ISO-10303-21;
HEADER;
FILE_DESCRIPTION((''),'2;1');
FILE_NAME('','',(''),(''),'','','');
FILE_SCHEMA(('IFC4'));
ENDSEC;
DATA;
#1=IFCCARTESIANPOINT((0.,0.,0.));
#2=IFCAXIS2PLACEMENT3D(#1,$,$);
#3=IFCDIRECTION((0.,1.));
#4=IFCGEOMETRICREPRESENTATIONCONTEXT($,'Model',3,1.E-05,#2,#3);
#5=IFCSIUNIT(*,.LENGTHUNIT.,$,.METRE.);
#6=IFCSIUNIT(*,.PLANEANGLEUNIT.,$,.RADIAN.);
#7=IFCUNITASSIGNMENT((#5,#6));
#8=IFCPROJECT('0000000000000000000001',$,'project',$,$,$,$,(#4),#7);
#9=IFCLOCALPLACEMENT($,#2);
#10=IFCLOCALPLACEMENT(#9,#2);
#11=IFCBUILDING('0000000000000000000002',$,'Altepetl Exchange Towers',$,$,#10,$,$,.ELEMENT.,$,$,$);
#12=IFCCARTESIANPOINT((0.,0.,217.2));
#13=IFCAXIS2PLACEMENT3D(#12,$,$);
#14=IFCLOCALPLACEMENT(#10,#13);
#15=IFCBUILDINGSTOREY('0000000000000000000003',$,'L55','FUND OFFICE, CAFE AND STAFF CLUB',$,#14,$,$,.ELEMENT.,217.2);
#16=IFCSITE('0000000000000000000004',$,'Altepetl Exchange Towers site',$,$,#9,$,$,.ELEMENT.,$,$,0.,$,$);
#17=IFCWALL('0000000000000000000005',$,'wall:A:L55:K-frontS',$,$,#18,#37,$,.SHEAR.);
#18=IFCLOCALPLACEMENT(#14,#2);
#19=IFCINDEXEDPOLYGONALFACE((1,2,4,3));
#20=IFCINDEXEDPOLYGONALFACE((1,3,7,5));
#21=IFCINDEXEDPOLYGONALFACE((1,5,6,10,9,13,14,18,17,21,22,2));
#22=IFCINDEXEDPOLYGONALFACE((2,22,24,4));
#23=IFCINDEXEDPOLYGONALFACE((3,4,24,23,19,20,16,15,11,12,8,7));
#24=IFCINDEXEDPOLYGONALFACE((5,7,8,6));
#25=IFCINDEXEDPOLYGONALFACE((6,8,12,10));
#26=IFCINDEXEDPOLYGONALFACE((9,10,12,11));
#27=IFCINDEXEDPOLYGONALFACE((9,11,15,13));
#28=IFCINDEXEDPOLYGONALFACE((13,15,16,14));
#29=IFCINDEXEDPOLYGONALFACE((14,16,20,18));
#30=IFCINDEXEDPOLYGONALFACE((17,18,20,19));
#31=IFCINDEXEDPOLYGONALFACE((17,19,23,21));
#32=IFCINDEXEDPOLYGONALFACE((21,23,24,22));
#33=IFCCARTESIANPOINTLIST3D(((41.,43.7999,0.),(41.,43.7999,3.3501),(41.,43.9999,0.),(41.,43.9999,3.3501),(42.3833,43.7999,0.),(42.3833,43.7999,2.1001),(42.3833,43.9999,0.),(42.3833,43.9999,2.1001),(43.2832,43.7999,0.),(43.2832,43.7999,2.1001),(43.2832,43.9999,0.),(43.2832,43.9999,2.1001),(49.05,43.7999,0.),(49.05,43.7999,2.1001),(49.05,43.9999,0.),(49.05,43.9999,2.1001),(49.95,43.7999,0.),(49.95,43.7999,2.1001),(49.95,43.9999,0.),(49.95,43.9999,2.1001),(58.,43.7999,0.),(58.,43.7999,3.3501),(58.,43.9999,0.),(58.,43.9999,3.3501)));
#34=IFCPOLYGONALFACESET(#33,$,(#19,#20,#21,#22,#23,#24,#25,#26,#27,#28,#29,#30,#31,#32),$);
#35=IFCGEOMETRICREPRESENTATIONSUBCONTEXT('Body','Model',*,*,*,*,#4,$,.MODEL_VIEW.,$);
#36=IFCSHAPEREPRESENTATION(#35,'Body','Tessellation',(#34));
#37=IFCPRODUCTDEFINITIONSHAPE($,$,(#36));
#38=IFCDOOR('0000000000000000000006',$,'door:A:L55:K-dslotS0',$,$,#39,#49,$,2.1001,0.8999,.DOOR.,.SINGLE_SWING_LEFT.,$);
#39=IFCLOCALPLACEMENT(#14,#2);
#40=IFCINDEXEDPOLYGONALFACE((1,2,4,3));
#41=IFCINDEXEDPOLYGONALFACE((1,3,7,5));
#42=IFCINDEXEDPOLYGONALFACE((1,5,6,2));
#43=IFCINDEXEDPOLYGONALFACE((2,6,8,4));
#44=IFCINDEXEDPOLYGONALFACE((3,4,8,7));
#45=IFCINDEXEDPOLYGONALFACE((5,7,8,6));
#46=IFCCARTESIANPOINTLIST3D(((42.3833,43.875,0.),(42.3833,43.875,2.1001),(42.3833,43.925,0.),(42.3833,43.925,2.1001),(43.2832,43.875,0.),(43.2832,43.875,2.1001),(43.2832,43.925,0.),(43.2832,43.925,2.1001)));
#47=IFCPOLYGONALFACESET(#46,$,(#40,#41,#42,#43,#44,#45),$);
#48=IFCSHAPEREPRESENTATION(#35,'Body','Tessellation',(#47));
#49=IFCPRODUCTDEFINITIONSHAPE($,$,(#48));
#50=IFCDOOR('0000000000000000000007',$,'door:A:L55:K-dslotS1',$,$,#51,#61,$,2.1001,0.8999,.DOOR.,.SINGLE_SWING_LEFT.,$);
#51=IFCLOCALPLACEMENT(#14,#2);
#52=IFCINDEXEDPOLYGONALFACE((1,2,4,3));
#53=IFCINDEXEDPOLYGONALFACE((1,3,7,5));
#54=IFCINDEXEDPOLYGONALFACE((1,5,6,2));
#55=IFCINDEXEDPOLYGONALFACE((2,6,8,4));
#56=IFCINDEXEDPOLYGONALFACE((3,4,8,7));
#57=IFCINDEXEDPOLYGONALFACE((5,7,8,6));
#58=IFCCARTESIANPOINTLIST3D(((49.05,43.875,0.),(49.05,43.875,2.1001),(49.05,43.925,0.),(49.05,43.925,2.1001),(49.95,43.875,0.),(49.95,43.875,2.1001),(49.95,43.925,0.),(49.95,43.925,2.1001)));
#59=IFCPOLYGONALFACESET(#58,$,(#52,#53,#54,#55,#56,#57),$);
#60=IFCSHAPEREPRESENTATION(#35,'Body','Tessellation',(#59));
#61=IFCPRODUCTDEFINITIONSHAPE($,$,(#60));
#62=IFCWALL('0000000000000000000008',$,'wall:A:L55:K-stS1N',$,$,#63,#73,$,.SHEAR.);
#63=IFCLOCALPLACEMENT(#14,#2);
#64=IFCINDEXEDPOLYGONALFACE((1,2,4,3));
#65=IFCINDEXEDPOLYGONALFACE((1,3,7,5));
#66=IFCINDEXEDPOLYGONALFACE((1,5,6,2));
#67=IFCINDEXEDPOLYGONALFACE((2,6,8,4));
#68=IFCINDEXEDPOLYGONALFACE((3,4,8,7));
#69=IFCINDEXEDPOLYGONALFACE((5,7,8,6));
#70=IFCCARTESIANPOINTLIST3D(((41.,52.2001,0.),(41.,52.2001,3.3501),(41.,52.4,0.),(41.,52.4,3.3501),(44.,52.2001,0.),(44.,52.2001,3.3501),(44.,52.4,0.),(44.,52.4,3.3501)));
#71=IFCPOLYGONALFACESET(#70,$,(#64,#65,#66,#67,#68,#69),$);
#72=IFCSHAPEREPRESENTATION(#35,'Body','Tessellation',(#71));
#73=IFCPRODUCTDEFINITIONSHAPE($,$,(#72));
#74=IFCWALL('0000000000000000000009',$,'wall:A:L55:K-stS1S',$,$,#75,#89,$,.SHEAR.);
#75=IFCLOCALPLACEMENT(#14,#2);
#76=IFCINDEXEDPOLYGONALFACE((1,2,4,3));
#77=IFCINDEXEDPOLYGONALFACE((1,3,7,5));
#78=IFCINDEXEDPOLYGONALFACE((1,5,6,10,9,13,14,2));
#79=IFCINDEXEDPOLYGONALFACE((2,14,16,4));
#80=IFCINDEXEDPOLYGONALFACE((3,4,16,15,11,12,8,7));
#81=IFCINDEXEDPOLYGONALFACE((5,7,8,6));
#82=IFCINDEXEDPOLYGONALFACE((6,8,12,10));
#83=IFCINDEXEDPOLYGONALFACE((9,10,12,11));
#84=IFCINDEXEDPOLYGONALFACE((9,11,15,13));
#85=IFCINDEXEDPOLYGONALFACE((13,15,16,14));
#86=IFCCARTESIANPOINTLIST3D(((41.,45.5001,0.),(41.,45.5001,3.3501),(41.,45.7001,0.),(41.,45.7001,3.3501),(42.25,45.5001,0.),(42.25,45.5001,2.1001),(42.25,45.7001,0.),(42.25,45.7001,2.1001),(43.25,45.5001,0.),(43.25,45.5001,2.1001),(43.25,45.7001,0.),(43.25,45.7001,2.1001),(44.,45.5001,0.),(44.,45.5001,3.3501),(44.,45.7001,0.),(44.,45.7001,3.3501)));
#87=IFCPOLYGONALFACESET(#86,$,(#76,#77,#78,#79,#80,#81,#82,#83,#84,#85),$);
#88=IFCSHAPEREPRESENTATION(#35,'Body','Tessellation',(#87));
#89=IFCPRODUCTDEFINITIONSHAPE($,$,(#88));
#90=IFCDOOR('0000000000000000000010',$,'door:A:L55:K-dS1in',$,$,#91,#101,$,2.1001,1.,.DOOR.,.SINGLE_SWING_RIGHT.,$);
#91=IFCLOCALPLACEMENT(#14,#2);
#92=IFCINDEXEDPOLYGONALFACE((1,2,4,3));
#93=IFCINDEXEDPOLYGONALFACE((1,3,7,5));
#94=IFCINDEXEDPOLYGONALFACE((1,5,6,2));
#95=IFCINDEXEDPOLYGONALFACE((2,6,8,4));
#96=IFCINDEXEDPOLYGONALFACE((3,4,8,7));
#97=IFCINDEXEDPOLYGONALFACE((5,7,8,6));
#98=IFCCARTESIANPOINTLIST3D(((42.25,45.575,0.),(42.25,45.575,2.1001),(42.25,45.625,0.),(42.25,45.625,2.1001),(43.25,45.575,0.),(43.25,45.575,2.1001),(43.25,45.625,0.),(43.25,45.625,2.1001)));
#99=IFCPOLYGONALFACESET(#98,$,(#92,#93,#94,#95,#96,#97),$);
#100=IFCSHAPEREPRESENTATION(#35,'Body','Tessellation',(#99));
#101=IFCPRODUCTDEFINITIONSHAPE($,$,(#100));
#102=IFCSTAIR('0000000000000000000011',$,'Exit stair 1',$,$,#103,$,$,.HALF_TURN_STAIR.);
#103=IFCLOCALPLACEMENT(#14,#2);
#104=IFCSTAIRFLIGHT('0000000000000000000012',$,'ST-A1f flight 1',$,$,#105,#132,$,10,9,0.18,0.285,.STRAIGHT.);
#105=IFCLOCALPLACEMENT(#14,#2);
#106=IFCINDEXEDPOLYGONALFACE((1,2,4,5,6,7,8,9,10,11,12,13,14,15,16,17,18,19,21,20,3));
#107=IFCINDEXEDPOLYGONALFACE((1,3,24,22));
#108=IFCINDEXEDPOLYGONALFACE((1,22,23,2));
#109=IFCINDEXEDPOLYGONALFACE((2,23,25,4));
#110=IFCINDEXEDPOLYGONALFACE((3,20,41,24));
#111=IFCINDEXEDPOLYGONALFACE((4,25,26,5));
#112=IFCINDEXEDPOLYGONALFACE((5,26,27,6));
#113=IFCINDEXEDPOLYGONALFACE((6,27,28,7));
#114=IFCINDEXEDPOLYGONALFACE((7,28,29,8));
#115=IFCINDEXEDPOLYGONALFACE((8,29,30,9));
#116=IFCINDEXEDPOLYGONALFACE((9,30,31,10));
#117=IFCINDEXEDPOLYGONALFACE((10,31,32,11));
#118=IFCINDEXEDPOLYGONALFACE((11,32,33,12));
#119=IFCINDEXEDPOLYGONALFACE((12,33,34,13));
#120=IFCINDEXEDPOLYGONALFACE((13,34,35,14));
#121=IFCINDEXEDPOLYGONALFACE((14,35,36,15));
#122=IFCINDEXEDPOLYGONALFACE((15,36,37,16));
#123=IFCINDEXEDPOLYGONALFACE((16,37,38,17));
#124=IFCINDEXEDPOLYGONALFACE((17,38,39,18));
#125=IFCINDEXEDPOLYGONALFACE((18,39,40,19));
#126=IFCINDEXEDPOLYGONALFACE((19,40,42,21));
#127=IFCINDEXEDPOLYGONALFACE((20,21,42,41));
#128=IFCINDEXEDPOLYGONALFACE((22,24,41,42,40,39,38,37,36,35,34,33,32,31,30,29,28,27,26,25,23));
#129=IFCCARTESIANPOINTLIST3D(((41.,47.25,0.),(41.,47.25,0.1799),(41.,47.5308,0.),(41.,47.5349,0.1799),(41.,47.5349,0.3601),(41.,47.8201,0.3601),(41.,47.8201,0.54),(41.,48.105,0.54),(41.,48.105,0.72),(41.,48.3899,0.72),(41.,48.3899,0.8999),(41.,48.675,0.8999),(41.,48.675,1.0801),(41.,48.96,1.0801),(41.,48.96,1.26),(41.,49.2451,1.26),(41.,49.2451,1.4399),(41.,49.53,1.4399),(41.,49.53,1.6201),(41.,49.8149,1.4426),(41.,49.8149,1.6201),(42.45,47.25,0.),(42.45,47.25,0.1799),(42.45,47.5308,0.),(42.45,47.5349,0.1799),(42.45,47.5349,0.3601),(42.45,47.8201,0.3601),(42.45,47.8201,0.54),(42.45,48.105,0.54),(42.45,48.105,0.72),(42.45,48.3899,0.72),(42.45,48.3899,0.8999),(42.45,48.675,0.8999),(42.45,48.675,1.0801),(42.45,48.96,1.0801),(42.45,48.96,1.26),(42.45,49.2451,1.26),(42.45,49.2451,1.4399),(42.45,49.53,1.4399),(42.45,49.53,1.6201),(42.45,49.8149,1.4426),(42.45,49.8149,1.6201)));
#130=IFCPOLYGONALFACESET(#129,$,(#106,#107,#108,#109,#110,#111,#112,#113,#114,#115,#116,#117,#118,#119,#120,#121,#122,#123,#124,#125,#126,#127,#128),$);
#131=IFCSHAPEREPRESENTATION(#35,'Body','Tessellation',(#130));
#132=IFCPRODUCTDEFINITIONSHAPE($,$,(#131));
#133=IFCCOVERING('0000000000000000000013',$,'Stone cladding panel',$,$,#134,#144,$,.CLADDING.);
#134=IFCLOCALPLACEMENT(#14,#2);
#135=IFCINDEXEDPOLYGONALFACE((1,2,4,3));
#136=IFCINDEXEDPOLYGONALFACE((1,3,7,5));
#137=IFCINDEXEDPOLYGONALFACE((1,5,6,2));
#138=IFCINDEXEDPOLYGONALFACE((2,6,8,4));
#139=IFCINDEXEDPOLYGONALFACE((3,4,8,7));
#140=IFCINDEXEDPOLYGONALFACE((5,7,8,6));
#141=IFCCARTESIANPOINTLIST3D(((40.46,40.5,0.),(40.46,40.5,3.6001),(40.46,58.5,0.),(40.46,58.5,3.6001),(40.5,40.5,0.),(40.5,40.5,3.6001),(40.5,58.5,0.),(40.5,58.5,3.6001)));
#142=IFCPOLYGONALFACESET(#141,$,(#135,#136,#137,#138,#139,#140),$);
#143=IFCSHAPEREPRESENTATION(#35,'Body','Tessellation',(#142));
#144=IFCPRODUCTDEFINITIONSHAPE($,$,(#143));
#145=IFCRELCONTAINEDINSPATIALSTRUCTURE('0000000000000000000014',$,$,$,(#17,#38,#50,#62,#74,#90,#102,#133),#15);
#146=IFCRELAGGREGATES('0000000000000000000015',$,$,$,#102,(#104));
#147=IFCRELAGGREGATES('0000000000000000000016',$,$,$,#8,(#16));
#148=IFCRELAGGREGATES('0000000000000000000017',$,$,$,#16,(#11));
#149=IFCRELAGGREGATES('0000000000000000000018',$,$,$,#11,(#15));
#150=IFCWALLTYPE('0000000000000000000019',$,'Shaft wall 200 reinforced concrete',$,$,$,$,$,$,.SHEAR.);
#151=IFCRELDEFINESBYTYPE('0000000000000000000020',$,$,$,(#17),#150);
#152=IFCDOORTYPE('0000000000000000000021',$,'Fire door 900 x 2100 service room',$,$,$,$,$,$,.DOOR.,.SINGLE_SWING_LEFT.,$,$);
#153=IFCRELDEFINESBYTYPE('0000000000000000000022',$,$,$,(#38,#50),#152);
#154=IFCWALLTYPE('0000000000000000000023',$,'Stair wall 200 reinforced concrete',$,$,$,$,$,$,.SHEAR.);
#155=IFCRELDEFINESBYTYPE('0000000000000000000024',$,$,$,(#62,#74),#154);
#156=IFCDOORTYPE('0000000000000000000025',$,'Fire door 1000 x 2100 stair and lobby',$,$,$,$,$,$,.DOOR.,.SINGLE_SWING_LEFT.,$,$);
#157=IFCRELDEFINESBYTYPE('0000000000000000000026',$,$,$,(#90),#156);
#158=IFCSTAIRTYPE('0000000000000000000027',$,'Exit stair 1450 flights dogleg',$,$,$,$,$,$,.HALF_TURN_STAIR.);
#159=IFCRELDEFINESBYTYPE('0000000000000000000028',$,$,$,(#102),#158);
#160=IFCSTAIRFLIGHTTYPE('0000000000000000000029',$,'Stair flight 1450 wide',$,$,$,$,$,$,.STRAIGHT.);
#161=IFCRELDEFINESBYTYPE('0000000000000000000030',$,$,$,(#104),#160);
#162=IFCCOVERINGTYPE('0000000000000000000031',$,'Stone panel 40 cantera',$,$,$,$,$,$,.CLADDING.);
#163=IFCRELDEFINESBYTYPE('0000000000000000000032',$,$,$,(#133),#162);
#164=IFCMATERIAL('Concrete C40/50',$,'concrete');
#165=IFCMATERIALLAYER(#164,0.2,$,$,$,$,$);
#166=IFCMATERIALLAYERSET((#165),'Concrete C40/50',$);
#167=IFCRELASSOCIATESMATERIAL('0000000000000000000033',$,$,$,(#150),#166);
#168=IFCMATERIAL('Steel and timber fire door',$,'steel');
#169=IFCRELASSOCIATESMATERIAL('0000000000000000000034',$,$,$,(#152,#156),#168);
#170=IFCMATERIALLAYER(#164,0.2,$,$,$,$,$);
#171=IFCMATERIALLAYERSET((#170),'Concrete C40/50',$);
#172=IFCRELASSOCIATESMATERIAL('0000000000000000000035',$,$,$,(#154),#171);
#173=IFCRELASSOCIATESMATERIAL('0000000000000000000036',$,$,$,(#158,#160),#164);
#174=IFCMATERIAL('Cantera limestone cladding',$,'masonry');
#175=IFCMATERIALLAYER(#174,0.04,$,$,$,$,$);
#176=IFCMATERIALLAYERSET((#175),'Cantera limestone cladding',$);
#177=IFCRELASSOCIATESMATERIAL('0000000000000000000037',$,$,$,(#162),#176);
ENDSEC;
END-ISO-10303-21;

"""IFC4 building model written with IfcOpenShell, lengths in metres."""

from ifc_helpers import new_model, si_unit, direction, frame, frame_2d, origin, origin_2d, place, context, subcontext, project, spatial, polyline, rectangle, outline, extrude, material, layer, layer_set, type_object, element, fill, aggregate, save


model = new_model("IFC4")

# Units and contexts
model_context = context("Model", 3, precision=1e-05, world=origin(), true_north=direction((0.0, 1.0)))
body_context = subcontext(model_context, "Body", "Model", "MODEL_VIEW")
ifc_project = project(units=[si_unit("LENGTHUNIT", "METRE"), si_unit("PLANEANGLEUNIT", "RADIAN")], contexts=[model_context])

# Site, building, storey
site_placement = place(None, origin())
site = spatial("IfcSite", under=ifc_project, at=site_placement, Name="Altepetl Exchange Towers site", CompositionType="ELEMENT", RefElevation=0.0)
building_placement = place(site_placement, origin())
building = spatial("IfcBuilding", under=site, at=building_placement, Name="Altepetl Exchange Towers", CompositionType="ELEMENT")
storey_placement = place(building_placement, frame((0.0, 0.0, 217.2)))
storey = spatial("IfcBuildingStorey", under=building, at=storey_placement, Name="L55", Description="FUND OFFICE, CAFE AND STAFF CLUB", CompositionType="ELEMENT", Elevation=217.2)

# Wall, openings, doors
ifc_material_1 = material(Name="Concrete C40/50", Category="concrete")
ifc_layer_1 = layer(ifc_material_1, 0.2)
ifc_layer_set_1 = layer_set([ifc_layer_1], Name="Concrete C40/50")
wall_type_1 = type_object("IfcWallType", Name="Shaft wall 200 reinforced concrete", PredefinedType="SHEAR", material=ifc_layer_set_1)
wall_1_placement = place(storey_placement, frame((41.0, 43.8999, 0.0)))
wall_1 = element("IfcWall", 1, at=wall_1_placement, inside=storey, type_object=wall_type_1, Name="wall:A:L55:K-frontS", PredefinedType="SHEAR", context=body_context, shape_type="SweptSolid", body=[
    extrude(rectangle(XDim=17.0, YDim=0.2, at=frame_2d((8.5, 0.0))), origin(), (0.0, 0.0, 1.0), 3.3501),
])
opening_1_placement = place(wall_1_placement, frame((1.3833, 0.0, 0.0)))
opening_1 = element("IfcOpeningElement", 2, at=opening_1_placement, cuts=wall_1, PredefinedType="OPENING", context=body_context, shape_type="SweptSolid", body=[
    extrude(rectangle(XDim=0.8999, YDim=2.1001, at=frame_2d((0.45, 1.05))), frame((0.0, 0.1099, 0.0), z_axis=(0.0, -1.0, 0.0), x_axis=(1.0, 0.0, 0.0)), (0.0, 0.0, 1.0), 0.22),
])
opening_2_placement = place(wall_1_placement, frame((8.05, 0.0, 0.0)))
opening_2 = element("IfcOpeningElement", 3, at=opening_2_placement, cuts=wall_1, PredefinedType="OPENING", context=body_context, shape_type="SweptSolid", body=[
    extrude(rectangle(XDim=0.8999, YDim=2.1001, at=frame_2d((0.45, 1.05))), frame((0.0, 0.1099, 0.0), z_axis=(0.0, -1.0, 0.0), x_axis=(1.0, 0.0, 0.0)), (0.0, 0.0, 1.0), 0.22),
])
ifc_material_2 = material(Name="Steel and timber fire door", Category="steel")
door_type_1 = type_object("IfcDoorType", Name="Fire door 900 x 2100 service room", OperationType="SINGLE_SWING_LEFT", PredefinedType="DOOR", material=ifc_material_2)
door_1_placement = place(opening_1_placement, frame((0.8999, 0.0, 0.0), x_axis=(-1.0, 0.0, 0.0)))
door_1 = element("IfcDoor", 4, at=door_1_placement, inside=storey, type_object=door_type_1, Name="door:A:L55:K-dslotS0", OperationType="SINGLE_SWING_LEFT", OverallHeight=2.1001, OverallWidth=0.8999, PredefinedType="DOOR", context=body_context, shape_type="SweptSolid", body=[
    extrude(rectangle(XDim=0.8999, YDim=2.1001, at=frame_2d((0.45, 1.05))), frame((0.0, 0.0249, 0.0), z_axis=(0.0, -1.0, 0.0), x_axis=(1.0, 0.0, 0.0)), (0.0, 0.0, 1.0), 0.05),
])
fill(opening_1, door_1)
door_2_placement = place(opening_2_placement, frame((0.8999, 0.0, 0.0), x_axis=(-1.0, 0.0, 0.0)))
door_2 = element("IfcDoor", 5, at=door_2_placement, inside=storey, type_object=door_type_1, Name="door:A:L55:K-dslotS1", OperationType="SINGLE_SWING_LEFT", OverallHeight=2.1001, OverallWidth=0.8999, PredefinedType="DOOR", context=body_context, shape_type="SweptSolid", body=[
    extrude(rectangle(XDim=0.8999, YDim=2.1001, at=frame_2d((0.45, 1.05))), frame((0.0, 0.0249, 0.0), z_axis=(0.0, -1.0, 0.0), x_axis=(1.0, 0.0, 0.0)), (0.0, 0.0, 1.0), 0.05),
])
fill(opening_2, door_2)

# Wall
ifc_layer_2 = layer(ifc_material_1, 0.2)
ifc_layer_set_2 = layer_set([ifc_layer_2], Name="Concrete C40/50")
wall_type_2 = type_object("IfcWallType", Name="Stair wall 200 reinforced concrete", PredefinedType="SHEAR", material=ifc_layer_set_2)
wall_2_placement = place(storey_placement, frame((41.0, 52.3, 0.0)))
element("IfcWall", 6, at=wall_2_placement, inside=storey, type_object=wall_type_2, Name="wall:A:L55:K-stS1N", PredefinedType="SHEAR", context=body_context, shape_type="SweptSolid", body=[
    extrude(rectangle(XDim=3.0, YDim=0.2, at=frame_2d((1.5, 0.0))), origin(), (0.0, 0.0, 1.0), 3.3501),
])

# Wall, opening, door
wall_3_placement = place(storey_placement, frame((41.0, 45.6001, 0.0)))
wall_3 = element("IfcWall", 7, at=wall_3_placement, inside=storey, type_object=wall_type_2, Name="wall:A:L55:K-stS1S", PredefinedType="SHEAR", context=body_context, shape_type="SweptSolid", body=[
    extrude(rectangle(XDim=3.0, YDim=0.2, at=frame_2d((1.5, 0.0))), origin(), (0.0, 0.0, 1.0), 3.3501),
])
opening_3_placement = place(wall_3_placement, frame((1.25, 0.0, 0.0)))
opening_3 = element("IfcOpeningElement", 8, at=opening_3_placement, cuts=wall_3, PredefinedType="OPENING", context=body_context, shape_type="SweptSolid", body=[
    extrude(rectangle(XDim=1.0, YDim=2.1001, at=frame_2d((0.5, 1.05))), frame((0.0, 0.1099, 0.0), z_axis=(0.0, -1.0, 0.0), x_axis=(1.0, 0.0, 0.0)), (0.0, 0.0, 1.0), 0.22),
])
door_type_2 = type_object("IfcDoorType", Name="Fire door 1000 x 2100 stair and lobby", OperationType="SINGLE_SWING_LEFT", PredefinedType="DOOR", material=ifc_material_2)
door_3_placement = place(opening_3_placement, origin())
door_3 = element("IfcDoor", 9, at=door_3_placement, inside=storey, type_object=door_type_2, Name="door:A:L55:K-dS1in", OperationType="SINGLE_SWING_RIGHT", OverallHeight=2.1001, OverallWidth=1.0, PredefinedType="DOOR", context=body_context, shape_type="SweptSolid", body=[
    extrude(rectangle(XDim=1.0, YDim=2.1001, at=frame_2d((0.5, 1.05))), frame((0.0, 0.0249, 0.0), z_axis=(0.0, -1.0, 0.0), x_axis=(1.0, 0.0, 0.0)), (0.0, 0.0, 1.0), 0.05),
])
fill(opening_3, door_3)

# Stair, stair flight
stair_type = type_object("IfcStairType", Name="Exit stair 1450 flights dogleg", PredefinedType="HALF_TURN_STAIR", material=ifc_material_1)
stair_placement = place(storey_placement, origin())
stair = element("IfcStair", 10, at=stair_placement, inside=storey, type_object=stair_type, Name="Exit stair 1", PredefinedType="HALF_TURN_STAIR")
stair_flight_type = type_object("IfcStairFlightType", Name="Stair flight 1450 wide", PredefinedType="STRAIGHT", material=ifc_material_1)
stair_flight_placement = place(storey_placement, frame((41.7251, 47.25, 0.0), z_axis=(0.0, 0.0, 1.0), x_axis=(0.0, 1.0, 0.0)))
stair_flight = element("IfcStairFlight", 11, at=stair_flight_placement, type_object=stair_flight_type, Name="ST-A1f flight 1", NumberOfRisers=10, NumberOfTreads=9, PredefinedType="STRAIGHT", RiserHeight=0.18, TreadLength=0.285, context=body_context, shape_type="SweptSolid", body=[
    extrude(outline(polyline([(0.0, 0.0), (0.0, 0.1799), (0.2849, 0.1799), (0.2849, 0.3601), (0.5701, 0.3601), (0.5701, 0.54), (0.855, 0.54), (0.855, 0.72), (1.1399, 0.72), (1.1399, 0.8999), (1.425, 0.8999), (1.425, 1.0801), (1.71, 1.0801), (1.71, 1.26), (1.9951, 1.26), (1.9951, 1.4399), (2.28, 1.4399), (2.28, 1.6201), (2.5649, 1.6201), (2.5649, 1.8), (2.5649, 1.4426), (0.2808, 0.0), (0.0, 0.0)])), frame((0.0, 0.7251, 0.0), z_axis=(0.0, -1.0, 0.0), x_axis=(1.0, 0.0, 0.0)), (0.0, 0.0, 1.0), 1.45),
])
aggregate(stair, [stair_flight])

# Covering
ifc_material_3 = material(Name="Cantera limestone cladding", Category="masonry")
ifc_layer_3 = layer(ifc_material_3, 0.04)
ifc_layer_set_3 = layer_set([ifc_layer_3], Name="Cantera limestone cladding")
covering_type = type_object("IfcCoveringType", Name="Stone panel 40 cantera", PredefinedType="CLADDING", material=ifc_layer_set_3)
covering_placement = place(storey_placement, frame((40.48, 49.5, 0.0), z_axis=(0.0, 0.0, 1.0), x_axis=(0.0, -1.0, 0.0)))
element("IfcCovering", 12, at=covering_placement, inside=storey, type_object=covering_type, Name="Stone cladding panel", PredefinedType="CLADDING", context=body_context, shape_type="SweptSolid", body=[
    extrude(rectangle(XDim=18.0, YDim=0.04, at=origin_2d()), origin(), (0.0, 0.0, 1.0), 3.6001),
])

save(model, "model.ifc")
